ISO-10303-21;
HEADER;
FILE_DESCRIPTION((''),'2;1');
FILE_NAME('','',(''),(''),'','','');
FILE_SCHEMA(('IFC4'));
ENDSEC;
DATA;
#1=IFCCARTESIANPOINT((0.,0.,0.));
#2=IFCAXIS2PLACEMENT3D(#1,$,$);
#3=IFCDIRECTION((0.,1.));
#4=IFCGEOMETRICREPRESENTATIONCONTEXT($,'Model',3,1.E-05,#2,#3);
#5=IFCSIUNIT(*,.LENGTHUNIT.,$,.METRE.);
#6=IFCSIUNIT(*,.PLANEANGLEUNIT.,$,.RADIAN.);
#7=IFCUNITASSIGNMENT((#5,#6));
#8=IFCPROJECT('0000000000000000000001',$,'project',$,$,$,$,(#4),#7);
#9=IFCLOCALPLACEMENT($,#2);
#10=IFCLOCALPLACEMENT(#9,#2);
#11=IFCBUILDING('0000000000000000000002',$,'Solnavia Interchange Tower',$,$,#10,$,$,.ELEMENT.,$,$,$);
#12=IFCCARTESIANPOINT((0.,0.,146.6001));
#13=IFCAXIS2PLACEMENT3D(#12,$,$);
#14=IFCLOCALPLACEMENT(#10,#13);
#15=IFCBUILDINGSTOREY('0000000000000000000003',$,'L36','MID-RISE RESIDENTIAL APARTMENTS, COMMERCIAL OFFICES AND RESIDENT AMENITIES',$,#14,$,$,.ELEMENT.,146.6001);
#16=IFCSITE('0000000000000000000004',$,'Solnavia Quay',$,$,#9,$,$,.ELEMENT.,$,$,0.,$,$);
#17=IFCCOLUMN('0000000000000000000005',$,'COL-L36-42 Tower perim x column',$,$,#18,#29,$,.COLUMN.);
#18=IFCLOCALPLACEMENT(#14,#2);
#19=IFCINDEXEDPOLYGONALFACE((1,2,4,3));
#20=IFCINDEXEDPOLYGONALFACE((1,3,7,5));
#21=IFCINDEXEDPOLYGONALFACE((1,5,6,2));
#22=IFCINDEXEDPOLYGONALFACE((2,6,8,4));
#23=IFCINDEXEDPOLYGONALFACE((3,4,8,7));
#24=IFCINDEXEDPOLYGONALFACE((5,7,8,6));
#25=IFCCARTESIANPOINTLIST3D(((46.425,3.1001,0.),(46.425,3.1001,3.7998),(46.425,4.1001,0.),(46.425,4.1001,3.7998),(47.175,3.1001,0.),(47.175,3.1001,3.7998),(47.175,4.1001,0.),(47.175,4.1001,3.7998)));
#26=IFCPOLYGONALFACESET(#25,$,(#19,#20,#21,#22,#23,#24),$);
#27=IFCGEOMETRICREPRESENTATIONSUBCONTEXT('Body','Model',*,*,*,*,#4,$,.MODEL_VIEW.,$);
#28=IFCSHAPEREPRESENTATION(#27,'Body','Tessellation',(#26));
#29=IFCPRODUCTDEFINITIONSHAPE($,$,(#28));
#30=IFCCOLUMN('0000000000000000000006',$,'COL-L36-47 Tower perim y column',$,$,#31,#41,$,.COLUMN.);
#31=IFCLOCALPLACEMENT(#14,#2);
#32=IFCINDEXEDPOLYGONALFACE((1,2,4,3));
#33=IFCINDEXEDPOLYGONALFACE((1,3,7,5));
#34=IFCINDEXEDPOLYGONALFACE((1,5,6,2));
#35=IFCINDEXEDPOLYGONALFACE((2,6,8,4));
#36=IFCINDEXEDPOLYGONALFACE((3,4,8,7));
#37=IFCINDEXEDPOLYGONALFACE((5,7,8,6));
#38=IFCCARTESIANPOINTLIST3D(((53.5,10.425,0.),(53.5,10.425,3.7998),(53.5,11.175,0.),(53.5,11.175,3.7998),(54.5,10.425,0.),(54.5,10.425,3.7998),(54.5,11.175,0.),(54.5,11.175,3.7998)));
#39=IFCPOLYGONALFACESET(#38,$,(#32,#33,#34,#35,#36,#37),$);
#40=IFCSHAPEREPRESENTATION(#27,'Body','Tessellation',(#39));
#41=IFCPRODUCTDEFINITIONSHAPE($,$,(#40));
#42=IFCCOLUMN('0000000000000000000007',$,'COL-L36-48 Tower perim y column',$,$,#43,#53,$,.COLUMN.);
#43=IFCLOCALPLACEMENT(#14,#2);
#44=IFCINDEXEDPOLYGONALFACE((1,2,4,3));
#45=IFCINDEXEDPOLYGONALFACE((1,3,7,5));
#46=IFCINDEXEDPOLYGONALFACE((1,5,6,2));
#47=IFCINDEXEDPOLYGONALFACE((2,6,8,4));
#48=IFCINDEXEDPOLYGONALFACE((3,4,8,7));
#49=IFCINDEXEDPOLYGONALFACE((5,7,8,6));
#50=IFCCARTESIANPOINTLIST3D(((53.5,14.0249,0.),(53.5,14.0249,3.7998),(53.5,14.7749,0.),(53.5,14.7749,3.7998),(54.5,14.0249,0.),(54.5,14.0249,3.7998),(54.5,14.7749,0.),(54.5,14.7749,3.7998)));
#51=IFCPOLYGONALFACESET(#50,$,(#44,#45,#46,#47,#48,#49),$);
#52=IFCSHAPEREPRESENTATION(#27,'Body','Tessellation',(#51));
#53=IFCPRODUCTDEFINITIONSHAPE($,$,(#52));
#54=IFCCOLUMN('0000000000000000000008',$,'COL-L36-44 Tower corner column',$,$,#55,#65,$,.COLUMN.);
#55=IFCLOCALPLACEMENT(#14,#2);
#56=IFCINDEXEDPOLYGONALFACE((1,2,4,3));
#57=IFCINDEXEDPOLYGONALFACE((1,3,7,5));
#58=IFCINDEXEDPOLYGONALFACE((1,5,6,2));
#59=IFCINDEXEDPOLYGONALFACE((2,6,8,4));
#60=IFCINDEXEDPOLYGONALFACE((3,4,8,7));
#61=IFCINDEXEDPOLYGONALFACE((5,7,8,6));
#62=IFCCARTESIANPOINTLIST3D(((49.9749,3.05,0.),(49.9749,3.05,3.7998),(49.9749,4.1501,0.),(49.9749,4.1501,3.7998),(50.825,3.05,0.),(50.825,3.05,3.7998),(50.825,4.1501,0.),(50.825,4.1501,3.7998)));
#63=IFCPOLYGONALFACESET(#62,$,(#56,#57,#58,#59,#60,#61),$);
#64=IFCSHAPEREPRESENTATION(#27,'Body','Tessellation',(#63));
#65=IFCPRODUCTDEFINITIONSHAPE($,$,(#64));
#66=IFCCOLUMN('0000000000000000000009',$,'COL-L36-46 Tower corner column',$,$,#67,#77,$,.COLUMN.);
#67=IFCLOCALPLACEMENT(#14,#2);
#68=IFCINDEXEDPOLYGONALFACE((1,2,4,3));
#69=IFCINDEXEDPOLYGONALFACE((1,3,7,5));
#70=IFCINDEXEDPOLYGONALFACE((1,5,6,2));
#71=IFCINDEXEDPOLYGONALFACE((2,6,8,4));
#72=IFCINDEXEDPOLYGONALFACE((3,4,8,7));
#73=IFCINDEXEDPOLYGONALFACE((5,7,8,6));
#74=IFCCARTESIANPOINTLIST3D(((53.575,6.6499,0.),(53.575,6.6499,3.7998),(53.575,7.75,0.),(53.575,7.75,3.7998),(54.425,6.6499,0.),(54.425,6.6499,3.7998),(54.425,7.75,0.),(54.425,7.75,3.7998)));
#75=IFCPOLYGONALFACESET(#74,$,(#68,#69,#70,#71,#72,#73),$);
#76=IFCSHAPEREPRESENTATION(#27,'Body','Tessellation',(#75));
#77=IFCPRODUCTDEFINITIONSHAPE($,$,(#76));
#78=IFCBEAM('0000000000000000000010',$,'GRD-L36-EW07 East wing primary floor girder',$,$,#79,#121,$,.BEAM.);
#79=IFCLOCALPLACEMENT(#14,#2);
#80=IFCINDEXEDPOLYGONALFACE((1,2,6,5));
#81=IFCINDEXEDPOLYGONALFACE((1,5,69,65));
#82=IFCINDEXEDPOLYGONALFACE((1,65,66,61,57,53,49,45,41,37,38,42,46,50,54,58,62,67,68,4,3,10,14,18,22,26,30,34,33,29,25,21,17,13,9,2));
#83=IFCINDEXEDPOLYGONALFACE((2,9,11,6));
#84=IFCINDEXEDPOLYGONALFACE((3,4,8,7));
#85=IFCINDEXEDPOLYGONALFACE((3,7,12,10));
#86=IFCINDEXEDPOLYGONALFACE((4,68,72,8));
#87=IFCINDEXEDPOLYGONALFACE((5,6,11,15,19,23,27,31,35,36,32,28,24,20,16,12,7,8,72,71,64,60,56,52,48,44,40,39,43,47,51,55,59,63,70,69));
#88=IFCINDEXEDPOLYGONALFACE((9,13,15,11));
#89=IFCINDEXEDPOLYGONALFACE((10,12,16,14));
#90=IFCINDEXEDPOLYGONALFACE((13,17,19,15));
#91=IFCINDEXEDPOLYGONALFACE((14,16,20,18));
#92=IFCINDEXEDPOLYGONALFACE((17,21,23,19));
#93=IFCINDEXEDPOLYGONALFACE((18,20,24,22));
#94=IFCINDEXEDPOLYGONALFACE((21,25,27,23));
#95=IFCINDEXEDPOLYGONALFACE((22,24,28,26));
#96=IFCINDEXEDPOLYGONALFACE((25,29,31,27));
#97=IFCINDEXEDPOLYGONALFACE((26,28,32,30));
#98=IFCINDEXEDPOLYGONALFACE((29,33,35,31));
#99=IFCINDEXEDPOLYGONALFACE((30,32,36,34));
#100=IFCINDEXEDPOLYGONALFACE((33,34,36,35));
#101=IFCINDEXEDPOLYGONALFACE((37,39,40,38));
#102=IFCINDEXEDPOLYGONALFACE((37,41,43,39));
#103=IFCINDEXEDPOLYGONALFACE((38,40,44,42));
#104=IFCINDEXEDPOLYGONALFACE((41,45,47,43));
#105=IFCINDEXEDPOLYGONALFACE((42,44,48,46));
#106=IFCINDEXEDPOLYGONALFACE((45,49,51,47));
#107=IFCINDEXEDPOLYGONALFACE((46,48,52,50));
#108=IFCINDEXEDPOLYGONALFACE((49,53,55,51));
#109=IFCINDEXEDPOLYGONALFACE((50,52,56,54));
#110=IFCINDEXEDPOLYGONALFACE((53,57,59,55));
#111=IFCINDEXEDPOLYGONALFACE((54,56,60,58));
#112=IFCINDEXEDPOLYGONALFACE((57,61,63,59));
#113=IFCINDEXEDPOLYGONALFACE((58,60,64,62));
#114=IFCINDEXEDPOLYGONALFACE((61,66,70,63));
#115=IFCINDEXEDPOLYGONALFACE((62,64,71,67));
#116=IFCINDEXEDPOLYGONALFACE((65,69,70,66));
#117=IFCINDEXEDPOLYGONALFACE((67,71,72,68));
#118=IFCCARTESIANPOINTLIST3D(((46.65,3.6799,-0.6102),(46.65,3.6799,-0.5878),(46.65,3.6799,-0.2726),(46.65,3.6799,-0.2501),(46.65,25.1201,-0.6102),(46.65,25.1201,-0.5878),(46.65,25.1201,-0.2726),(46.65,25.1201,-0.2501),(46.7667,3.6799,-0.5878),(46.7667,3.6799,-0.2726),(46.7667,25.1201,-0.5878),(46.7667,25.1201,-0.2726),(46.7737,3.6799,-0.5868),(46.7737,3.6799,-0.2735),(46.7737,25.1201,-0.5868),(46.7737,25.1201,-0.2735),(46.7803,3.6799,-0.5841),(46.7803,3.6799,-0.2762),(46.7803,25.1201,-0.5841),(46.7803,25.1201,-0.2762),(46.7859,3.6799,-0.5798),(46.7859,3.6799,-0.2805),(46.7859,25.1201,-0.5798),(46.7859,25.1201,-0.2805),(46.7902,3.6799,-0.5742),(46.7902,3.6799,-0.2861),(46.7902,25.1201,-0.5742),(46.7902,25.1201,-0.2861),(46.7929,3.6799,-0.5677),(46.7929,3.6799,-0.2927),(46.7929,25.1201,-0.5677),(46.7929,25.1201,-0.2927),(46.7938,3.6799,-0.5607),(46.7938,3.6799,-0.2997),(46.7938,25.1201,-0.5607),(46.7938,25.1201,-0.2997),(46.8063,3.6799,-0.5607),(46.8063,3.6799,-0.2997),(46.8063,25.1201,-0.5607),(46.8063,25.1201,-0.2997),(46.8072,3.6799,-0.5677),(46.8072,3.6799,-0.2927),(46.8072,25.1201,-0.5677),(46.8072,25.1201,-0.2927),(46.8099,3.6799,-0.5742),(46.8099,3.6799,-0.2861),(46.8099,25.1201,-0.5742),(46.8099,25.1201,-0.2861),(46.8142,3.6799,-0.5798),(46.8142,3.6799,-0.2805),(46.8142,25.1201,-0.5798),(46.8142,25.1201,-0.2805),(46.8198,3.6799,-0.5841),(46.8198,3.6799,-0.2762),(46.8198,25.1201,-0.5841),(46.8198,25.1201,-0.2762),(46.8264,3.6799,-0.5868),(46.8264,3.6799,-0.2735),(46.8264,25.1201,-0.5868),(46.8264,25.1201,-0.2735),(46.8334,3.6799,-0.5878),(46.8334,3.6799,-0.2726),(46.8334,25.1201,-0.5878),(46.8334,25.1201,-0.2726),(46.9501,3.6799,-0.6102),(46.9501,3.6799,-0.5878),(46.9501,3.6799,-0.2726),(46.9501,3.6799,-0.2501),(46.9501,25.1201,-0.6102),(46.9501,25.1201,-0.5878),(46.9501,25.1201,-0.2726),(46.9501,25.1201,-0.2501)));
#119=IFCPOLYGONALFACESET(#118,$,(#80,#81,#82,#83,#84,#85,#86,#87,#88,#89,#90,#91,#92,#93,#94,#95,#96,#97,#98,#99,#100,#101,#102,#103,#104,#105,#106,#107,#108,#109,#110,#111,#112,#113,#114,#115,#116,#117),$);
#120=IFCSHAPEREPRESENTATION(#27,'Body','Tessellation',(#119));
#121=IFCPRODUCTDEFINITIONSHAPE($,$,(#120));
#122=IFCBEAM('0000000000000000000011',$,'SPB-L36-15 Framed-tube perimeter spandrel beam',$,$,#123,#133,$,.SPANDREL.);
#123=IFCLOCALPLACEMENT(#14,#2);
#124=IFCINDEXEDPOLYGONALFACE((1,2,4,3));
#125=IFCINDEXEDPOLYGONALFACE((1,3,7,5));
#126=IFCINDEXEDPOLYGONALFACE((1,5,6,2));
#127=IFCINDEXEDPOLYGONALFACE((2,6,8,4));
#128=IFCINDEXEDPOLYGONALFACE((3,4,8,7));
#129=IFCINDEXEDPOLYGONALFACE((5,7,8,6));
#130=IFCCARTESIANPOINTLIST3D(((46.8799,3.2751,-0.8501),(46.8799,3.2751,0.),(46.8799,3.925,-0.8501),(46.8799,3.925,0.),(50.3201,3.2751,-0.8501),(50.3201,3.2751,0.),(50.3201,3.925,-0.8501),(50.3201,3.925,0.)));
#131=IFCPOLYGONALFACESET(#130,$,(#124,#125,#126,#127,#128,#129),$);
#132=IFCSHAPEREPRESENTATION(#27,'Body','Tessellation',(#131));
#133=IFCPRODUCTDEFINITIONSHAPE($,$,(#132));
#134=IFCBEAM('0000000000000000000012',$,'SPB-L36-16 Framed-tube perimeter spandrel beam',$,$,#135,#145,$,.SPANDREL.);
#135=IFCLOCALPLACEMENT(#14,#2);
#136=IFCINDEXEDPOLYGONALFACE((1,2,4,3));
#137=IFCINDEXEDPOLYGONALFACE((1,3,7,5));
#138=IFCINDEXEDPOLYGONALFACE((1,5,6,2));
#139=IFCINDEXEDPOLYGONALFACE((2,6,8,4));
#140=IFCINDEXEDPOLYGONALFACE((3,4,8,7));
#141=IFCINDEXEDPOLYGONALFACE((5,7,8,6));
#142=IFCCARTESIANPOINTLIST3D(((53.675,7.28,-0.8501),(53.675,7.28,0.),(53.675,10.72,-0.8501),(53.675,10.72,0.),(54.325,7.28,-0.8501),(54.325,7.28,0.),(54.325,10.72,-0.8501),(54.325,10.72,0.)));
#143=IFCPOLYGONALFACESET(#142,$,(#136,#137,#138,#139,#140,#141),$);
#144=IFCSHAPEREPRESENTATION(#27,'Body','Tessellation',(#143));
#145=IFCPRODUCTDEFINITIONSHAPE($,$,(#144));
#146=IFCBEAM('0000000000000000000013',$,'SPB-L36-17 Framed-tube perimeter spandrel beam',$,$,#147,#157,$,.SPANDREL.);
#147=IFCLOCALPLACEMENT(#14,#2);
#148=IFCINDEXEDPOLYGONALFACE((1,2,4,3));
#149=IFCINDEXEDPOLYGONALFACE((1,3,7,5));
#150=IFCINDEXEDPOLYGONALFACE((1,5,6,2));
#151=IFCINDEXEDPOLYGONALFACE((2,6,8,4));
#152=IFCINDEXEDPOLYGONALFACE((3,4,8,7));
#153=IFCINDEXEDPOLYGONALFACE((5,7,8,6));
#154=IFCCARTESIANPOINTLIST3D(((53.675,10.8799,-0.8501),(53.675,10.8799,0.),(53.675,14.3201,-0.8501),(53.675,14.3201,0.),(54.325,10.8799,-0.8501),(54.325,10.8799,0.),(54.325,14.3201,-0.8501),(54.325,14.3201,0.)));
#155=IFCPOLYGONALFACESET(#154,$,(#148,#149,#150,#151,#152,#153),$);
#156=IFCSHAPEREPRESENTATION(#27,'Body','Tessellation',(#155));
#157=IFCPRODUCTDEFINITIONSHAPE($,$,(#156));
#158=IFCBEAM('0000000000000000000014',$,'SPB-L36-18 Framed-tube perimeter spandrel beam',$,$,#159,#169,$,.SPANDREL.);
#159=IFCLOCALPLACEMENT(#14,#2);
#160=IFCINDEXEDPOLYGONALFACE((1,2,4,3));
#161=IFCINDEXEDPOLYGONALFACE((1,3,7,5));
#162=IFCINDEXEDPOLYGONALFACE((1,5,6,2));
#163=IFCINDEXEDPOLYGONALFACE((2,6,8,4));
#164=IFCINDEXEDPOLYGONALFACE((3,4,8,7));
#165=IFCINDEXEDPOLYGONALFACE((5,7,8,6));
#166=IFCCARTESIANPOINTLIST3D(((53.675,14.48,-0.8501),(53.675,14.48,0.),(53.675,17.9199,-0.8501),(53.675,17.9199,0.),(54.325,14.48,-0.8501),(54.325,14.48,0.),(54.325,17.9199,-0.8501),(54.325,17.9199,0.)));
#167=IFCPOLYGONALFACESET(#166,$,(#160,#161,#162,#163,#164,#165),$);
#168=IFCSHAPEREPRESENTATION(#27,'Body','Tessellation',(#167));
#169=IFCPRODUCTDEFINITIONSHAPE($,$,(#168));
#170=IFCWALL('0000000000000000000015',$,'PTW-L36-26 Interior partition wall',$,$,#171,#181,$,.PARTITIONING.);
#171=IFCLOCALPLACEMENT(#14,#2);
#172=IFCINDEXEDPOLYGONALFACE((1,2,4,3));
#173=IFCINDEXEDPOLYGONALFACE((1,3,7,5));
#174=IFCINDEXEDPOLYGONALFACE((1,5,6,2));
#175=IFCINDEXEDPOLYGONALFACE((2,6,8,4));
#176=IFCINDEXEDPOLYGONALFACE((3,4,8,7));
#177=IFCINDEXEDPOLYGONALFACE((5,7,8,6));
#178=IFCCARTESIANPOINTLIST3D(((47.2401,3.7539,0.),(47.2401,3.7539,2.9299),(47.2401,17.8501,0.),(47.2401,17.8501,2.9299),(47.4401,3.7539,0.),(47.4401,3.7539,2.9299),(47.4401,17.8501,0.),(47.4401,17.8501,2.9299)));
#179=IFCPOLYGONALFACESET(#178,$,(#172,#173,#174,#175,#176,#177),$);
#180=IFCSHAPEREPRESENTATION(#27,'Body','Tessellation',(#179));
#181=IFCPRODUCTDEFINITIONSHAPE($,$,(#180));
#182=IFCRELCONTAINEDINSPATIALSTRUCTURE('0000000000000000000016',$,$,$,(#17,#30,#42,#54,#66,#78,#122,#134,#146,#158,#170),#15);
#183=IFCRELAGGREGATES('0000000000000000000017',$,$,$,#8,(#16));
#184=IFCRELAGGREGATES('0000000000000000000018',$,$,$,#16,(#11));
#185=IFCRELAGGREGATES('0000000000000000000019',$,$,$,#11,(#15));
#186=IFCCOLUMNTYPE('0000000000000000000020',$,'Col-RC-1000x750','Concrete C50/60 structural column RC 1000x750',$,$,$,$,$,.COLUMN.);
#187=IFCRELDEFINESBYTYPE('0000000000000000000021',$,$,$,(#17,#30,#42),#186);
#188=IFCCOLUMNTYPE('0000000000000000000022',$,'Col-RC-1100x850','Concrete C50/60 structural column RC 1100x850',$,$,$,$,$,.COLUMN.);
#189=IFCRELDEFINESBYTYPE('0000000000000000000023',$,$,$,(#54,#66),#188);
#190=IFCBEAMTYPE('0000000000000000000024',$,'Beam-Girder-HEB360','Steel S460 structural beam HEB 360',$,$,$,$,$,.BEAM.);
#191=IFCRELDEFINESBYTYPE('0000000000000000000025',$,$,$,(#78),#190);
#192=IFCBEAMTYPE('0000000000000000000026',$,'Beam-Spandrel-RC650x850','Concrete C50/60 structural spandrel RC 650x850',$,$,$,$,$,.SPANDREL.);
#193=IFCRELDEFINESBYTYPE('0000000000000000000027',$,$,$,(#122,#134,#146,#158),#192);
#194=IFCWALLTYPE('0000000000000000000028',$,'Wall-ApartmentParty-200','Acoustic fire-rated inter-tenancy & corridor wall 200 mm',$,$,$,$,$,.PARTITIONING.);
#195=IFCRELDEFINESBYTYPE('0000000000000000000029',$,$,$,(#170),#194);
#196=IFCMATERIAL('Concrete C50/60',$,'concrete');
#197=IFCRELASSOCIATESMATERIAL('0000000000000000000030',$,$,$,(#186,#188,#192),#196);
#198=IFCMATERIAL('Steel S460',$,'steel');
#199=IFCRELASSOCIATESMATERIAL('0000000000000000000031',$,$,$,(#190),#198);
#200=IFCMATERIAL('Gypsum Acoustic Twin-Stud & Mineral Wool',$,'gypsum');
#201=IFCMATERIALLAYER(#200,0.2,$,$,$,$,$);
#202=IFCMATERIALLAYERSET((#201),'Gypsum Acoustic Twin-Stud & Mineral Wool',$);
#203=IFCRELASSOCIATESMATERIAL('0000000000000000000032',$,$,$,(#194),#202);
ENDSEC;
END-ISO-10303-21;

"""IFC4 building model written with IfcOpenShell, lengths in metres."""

from ifc_helpers import new_model, si_unit, direction, frame, frame_2d, origin, origin_2d, place, context, subcontext, project, spatial, rectangle, i_section, extrude, material, layer, layer_set, material_profile, profile_set, type_object, element, save


model = new_model("IFC4")

# Units and contexts
model_context = context("Model", 3, precision=1e-05, world=origin(), true_north=direction((0.0, 1.0)))
body_context = subcontext(model_context, "Body", "Model", "MODEL_VIEW")
ifc_project = project(units=[si_unit("LENGTHUNIT", "METRE"), si_unit("PLANEANGLEUNIT", "RADIAN")], contexts=[model_context])

# Site, building, storey
site_placement = place(None, origin())
site = spatial("IfcSite", under=ifc_project, at=site_placement, Name="Solnavia Quay", CompositionType="ELEMENT", RefElevation=0.0)
building_placement = place(site_placement, origin())
building = spatial("IfcBuilding", under=site, at=building_placement, Name="Solnavia Interchange Tower", CompositionType="ELEMENT")
storey_placement = place(building_placement, frame((0.0, 0.0, 146.6001)))
storey = spatial("IfcBuildingStorey", under=building, at=storey_placement, Name="L36", Description="MID-RISE RESIDENTIAL APARTMENTS, COMMERCIAL OFFICES AND RESIDENT AMENITIES", CompositionType="ELEMENT", Elevation=146.6001)

# Columns
ifc_material_1 = material(Name="Concrete C50/60", Category="concrete")
ifc_material_profile_1 = material_profile(ifc_material_1, rectangle(XDim=0.75, YDim=1.0, at=origin_2d()), Name="RC 1000x750")
ifc_profile_set_1 = profile_set([ifc_material_profile_1], Name="Concrete C50/60")
column_type_1 = type_object("IfcColumnType", Name="Col-RC-1000x750", Description="Concrete C50/60 structural column RC 1000x750", PredefinedType="COLUMN", material=ifc_profile_set_1)
for number, where, z_axis, x_axis, name in (
    (1, (46.8, 3.6001, 0.0), (0.0, 0.0, 1.0), (1.0, 0.0, 0.0), "COL-L36-42 Tower perim x column"),
    (2, (54.0, 10.8, 0.0), (0.0, 0.0, 1.0), (0.0, 1.0, 0.0), "COL-L36-47 Tower perim y column"),
    (3, (54.0, 14.3999, 0.0), (0.0, 0.0, 1.0), (0.0, 1.0, 0.0), "COL-L36-48 Tower perim y column"),
):
    element("IfcColumn", number, at=place(storey_placement, frame(where, z_axis=z_axis, x_axis=x_axis)), inside=storey, type_object=column_type_1, Name=name, PredefinedType="COLUMN", context=body_context, shape_type="SweptSolid", body=[
        extrude(rectangle(XDim=0.75, YDim=1.0, at=origin_2d()), origin(), (0.0, 0.0, 1.0), 3.7998),
    ])
ifc_material_profile_2 = material_profile(ifc_material_1, rectangle(XDim=0.8501, YDim=1.1001, at=origin_2d()), Name="RC 1100x850")
ifc_profile_set_2 = profile_set([ifc_material_profile_2], Name="Concrete C50/60")
column_type_2 = type_object("IfcColumnType", Name="Col-RC-1100x850", Description="Concrete C50/60 structural column RC 1100x850", PredefinedType="COLUMN", material=ifc_profile_set_2)
for number, where, z_axis, x_axis, name in (
    (4, (50.3999, 3.6001, 0.0), (0.0, 0.0, 1.0), (1.0, 0.0, 0.0), "COL-L36-44 Tower corner column"),
    (5, (54.0, 7.2, 0.0), (0.0, 0.0, 1.0), (1.0, 0.0, 0.0), "COL-L36-46 Tower corner column"),
):
    element("IfcColumn", number, at=place(storey_placement, frame(where, z_axis=z_axis, x_axis=x_axis)), inside=storey, type_object=column_type_2, Name=name, PredefinedType="COLUMN", context=body_context, shape_type="SweptSolid", body=[
        extrude(rectangle(XDim=0.8501, YDim=1.1001, at=origin_2d()), origin(), (0.0, 0.0, 1.0), 3.7998),
    ])

# Beams
ifc_material_2 = material(Name="Steel S460", Category="steel")
ifc_material_profile_3 = material_profile(ifc_material_2, i_section(OverallWidth=0.3, OverallDepth=0.3601, WebThickness=0.0125, FlangeThickness=0.0225, FilletRadius=0.0271, at=origin_2d()), Name="HEB 360")
ifc_profile_set_3 = profile_set([ifc_material_profile_3], Name="Steel S460")
beam_type_1 = type_object("IfcBeamType", Name="Beam-Girder-HEB360", Description="Steel S460 structural beam HEB 360", PredefinedType="BEAM", material=ifc_profile_set_3)
beam_1_placement = place(storey_placement, frame((46.8, 3.6799, -0.4302), z_axis=(0.0, 1.0, 0.0), x_axis=(-1.0, 0.0, 0.0)))
element("IfcBeam", 6, at=beam_1_placement, inside=storey, type_object=beam_type_1, Name="GRD-L36-EW07 East wing primary floor girder", PredefinedType="BEAM", context=body_context, shape_type="SweptSolid", body=[
    extrude(i_section(OverallWidth=0.3, OverallDepth=0.3601, WebThickness=0.0125, FlangeThickness=0.0225, FilletRadius=0.0271, at=origin_2d()), origin(), (0.0, 0.0, 1.0), 21.4402),
])
ifc_material_profile_4 = material_profile(ifc_material_1, rectangle(XDim=0.6499, YDim=0.8501, at=origin_2d()), Name="RC 650x850")
ifc_profile_set_4 = profile_set([ifc_material_profile_4], Name="Concrete C50/60")
beam_type_2 = type_object("IfcBeamType", Name="Beam-Spandrel-RC650x850", Description="Concrete C50/60 structural spandrel RC 650x850", PredefinedType="SPANDREL", material=ifc_profile_set_4)
beam_2_placement = place(storey_placement, frame((46.8799, 3.6001, -0.425), z_axis=(1.0, 0.0, 0.0), x_axis=(0.0, 1.0, 0.0)))
element("IfcBeam", 7, at=beam_2_placement, inside=storey, type_object=beam_type_2, Name="SPB-L36-15 Framed-tube perimeter spandrel beam", PredefinedType="SPANDREL", context=body_context, shape_type="SweptSolid", body=[
    extrude(rectangle(XDim=0.6499, YDim=0.8501, at=origin_2d()), origin(), (0.0, 0.0, 1.0), 3.4402),
])
beam_3_placement = place(storey_placement, frame((54.0, 7.28, -0.425), z_axis=(0.0, 1.0, 0.0), x_axis=(-1.0, 0.0, 0.0)))
element("IfcBeam", 8, at=beam_3_placement, inside=storey, type_object=beam_type_2, Name="SPB-L36-16 Framed-tube perimeter spandrel beam", PredefinedType="SPANDREL", context=body_context, shape_type="SweptSolid", body=[
    extrude(rectangle(XDim=0.6499, YDim=0.8501, at=origin_2d()), origin(), (0.0, 0.0, 1.0), 3.4399),
])
beam_4_placement = place(storey_placement, frame((54.0, 10.8799, -0.425), z_axis=(0.0, 1.0, 0.0), x_axis=(-1.0, 0.0, 0.0)))
element("IfcBeam", 9, at=beam_4_placement, inside=storey, type_object=beam_type_2, Name="SPB-L36-17 Framed-tube perimeter spandrel beam", PredefinedType="SPANDREL", context=body_context, shape_type="SweptSolid", body=[
    extrude(rectangle(XDim=0.6499, YDim=0.8501, at=origin_2d()), origin(), (0.0, 0.0, 1.0), 3.4402),
])
beam_5_placement = place(storey_placement, frame((54.0, 14.48, -0.425), z_axis=(0.0, 1.0, 0.0), x_axis=(-1.0, 0.0, 0.0)))
element("IfcBeam", 10, at=beam_5_placement, inside=storey, type_object=beam_type_2, Name="SPB-L36-18 Framed-tube perimeter spandrel beam", PredefinedType="SPANDREL", context=body_context, shape_type="SweptSolid", body=[
    extrude(rectangle(XDim=0.6499, YDim=0.8501, at=origin_2d()), origin(), (0.0, 0.0, 1.0), 3.4399),
])

# Wall
ifc_material_3 = material(Name="Gypsum Acoustic Twin-Stud & Mineral Wool", Category="gypsum")
ifc_layer_1 = layer(ifc_material_3, 0.2)
ifc_layer_set_1 = layer_set([ifc_layer_1], Name="Gypsum Acoustic Twin-Stud & Mineral Wool")
wall_type_1 = type_object("IfcWallType", Name="Wall-ApartmentParty-200", Description="Acoustic fire-rated inter-tenancy & corridor wall 200 mm", PredefinedType="PARTITIONING", material=ifc_layer_set_1)
wall_1_placement = place(storey_placement, frame((47.3401, 3.7539, 0.0), z_axis=(0.0, 0.0, 1.0), x_axis=(0.0, 1.0, 0.0)))
element("IfcWall", 11, at=wall_1_placement, inside=storey, type_object=wall_type_1, Name="PTW-L36-26 Interior partition wall", PredefinedType="PARTITIONING", context=body_context, shape_type="SweptSolid", body=[
    extrude(rectangle(XDim=14.0962, YDim=0.2, at=frame_2d((7.0481, 0.0))), origin(), (0.0, 0.0, 1.0), 2.9299),
])

save(model, "model.ifc")
